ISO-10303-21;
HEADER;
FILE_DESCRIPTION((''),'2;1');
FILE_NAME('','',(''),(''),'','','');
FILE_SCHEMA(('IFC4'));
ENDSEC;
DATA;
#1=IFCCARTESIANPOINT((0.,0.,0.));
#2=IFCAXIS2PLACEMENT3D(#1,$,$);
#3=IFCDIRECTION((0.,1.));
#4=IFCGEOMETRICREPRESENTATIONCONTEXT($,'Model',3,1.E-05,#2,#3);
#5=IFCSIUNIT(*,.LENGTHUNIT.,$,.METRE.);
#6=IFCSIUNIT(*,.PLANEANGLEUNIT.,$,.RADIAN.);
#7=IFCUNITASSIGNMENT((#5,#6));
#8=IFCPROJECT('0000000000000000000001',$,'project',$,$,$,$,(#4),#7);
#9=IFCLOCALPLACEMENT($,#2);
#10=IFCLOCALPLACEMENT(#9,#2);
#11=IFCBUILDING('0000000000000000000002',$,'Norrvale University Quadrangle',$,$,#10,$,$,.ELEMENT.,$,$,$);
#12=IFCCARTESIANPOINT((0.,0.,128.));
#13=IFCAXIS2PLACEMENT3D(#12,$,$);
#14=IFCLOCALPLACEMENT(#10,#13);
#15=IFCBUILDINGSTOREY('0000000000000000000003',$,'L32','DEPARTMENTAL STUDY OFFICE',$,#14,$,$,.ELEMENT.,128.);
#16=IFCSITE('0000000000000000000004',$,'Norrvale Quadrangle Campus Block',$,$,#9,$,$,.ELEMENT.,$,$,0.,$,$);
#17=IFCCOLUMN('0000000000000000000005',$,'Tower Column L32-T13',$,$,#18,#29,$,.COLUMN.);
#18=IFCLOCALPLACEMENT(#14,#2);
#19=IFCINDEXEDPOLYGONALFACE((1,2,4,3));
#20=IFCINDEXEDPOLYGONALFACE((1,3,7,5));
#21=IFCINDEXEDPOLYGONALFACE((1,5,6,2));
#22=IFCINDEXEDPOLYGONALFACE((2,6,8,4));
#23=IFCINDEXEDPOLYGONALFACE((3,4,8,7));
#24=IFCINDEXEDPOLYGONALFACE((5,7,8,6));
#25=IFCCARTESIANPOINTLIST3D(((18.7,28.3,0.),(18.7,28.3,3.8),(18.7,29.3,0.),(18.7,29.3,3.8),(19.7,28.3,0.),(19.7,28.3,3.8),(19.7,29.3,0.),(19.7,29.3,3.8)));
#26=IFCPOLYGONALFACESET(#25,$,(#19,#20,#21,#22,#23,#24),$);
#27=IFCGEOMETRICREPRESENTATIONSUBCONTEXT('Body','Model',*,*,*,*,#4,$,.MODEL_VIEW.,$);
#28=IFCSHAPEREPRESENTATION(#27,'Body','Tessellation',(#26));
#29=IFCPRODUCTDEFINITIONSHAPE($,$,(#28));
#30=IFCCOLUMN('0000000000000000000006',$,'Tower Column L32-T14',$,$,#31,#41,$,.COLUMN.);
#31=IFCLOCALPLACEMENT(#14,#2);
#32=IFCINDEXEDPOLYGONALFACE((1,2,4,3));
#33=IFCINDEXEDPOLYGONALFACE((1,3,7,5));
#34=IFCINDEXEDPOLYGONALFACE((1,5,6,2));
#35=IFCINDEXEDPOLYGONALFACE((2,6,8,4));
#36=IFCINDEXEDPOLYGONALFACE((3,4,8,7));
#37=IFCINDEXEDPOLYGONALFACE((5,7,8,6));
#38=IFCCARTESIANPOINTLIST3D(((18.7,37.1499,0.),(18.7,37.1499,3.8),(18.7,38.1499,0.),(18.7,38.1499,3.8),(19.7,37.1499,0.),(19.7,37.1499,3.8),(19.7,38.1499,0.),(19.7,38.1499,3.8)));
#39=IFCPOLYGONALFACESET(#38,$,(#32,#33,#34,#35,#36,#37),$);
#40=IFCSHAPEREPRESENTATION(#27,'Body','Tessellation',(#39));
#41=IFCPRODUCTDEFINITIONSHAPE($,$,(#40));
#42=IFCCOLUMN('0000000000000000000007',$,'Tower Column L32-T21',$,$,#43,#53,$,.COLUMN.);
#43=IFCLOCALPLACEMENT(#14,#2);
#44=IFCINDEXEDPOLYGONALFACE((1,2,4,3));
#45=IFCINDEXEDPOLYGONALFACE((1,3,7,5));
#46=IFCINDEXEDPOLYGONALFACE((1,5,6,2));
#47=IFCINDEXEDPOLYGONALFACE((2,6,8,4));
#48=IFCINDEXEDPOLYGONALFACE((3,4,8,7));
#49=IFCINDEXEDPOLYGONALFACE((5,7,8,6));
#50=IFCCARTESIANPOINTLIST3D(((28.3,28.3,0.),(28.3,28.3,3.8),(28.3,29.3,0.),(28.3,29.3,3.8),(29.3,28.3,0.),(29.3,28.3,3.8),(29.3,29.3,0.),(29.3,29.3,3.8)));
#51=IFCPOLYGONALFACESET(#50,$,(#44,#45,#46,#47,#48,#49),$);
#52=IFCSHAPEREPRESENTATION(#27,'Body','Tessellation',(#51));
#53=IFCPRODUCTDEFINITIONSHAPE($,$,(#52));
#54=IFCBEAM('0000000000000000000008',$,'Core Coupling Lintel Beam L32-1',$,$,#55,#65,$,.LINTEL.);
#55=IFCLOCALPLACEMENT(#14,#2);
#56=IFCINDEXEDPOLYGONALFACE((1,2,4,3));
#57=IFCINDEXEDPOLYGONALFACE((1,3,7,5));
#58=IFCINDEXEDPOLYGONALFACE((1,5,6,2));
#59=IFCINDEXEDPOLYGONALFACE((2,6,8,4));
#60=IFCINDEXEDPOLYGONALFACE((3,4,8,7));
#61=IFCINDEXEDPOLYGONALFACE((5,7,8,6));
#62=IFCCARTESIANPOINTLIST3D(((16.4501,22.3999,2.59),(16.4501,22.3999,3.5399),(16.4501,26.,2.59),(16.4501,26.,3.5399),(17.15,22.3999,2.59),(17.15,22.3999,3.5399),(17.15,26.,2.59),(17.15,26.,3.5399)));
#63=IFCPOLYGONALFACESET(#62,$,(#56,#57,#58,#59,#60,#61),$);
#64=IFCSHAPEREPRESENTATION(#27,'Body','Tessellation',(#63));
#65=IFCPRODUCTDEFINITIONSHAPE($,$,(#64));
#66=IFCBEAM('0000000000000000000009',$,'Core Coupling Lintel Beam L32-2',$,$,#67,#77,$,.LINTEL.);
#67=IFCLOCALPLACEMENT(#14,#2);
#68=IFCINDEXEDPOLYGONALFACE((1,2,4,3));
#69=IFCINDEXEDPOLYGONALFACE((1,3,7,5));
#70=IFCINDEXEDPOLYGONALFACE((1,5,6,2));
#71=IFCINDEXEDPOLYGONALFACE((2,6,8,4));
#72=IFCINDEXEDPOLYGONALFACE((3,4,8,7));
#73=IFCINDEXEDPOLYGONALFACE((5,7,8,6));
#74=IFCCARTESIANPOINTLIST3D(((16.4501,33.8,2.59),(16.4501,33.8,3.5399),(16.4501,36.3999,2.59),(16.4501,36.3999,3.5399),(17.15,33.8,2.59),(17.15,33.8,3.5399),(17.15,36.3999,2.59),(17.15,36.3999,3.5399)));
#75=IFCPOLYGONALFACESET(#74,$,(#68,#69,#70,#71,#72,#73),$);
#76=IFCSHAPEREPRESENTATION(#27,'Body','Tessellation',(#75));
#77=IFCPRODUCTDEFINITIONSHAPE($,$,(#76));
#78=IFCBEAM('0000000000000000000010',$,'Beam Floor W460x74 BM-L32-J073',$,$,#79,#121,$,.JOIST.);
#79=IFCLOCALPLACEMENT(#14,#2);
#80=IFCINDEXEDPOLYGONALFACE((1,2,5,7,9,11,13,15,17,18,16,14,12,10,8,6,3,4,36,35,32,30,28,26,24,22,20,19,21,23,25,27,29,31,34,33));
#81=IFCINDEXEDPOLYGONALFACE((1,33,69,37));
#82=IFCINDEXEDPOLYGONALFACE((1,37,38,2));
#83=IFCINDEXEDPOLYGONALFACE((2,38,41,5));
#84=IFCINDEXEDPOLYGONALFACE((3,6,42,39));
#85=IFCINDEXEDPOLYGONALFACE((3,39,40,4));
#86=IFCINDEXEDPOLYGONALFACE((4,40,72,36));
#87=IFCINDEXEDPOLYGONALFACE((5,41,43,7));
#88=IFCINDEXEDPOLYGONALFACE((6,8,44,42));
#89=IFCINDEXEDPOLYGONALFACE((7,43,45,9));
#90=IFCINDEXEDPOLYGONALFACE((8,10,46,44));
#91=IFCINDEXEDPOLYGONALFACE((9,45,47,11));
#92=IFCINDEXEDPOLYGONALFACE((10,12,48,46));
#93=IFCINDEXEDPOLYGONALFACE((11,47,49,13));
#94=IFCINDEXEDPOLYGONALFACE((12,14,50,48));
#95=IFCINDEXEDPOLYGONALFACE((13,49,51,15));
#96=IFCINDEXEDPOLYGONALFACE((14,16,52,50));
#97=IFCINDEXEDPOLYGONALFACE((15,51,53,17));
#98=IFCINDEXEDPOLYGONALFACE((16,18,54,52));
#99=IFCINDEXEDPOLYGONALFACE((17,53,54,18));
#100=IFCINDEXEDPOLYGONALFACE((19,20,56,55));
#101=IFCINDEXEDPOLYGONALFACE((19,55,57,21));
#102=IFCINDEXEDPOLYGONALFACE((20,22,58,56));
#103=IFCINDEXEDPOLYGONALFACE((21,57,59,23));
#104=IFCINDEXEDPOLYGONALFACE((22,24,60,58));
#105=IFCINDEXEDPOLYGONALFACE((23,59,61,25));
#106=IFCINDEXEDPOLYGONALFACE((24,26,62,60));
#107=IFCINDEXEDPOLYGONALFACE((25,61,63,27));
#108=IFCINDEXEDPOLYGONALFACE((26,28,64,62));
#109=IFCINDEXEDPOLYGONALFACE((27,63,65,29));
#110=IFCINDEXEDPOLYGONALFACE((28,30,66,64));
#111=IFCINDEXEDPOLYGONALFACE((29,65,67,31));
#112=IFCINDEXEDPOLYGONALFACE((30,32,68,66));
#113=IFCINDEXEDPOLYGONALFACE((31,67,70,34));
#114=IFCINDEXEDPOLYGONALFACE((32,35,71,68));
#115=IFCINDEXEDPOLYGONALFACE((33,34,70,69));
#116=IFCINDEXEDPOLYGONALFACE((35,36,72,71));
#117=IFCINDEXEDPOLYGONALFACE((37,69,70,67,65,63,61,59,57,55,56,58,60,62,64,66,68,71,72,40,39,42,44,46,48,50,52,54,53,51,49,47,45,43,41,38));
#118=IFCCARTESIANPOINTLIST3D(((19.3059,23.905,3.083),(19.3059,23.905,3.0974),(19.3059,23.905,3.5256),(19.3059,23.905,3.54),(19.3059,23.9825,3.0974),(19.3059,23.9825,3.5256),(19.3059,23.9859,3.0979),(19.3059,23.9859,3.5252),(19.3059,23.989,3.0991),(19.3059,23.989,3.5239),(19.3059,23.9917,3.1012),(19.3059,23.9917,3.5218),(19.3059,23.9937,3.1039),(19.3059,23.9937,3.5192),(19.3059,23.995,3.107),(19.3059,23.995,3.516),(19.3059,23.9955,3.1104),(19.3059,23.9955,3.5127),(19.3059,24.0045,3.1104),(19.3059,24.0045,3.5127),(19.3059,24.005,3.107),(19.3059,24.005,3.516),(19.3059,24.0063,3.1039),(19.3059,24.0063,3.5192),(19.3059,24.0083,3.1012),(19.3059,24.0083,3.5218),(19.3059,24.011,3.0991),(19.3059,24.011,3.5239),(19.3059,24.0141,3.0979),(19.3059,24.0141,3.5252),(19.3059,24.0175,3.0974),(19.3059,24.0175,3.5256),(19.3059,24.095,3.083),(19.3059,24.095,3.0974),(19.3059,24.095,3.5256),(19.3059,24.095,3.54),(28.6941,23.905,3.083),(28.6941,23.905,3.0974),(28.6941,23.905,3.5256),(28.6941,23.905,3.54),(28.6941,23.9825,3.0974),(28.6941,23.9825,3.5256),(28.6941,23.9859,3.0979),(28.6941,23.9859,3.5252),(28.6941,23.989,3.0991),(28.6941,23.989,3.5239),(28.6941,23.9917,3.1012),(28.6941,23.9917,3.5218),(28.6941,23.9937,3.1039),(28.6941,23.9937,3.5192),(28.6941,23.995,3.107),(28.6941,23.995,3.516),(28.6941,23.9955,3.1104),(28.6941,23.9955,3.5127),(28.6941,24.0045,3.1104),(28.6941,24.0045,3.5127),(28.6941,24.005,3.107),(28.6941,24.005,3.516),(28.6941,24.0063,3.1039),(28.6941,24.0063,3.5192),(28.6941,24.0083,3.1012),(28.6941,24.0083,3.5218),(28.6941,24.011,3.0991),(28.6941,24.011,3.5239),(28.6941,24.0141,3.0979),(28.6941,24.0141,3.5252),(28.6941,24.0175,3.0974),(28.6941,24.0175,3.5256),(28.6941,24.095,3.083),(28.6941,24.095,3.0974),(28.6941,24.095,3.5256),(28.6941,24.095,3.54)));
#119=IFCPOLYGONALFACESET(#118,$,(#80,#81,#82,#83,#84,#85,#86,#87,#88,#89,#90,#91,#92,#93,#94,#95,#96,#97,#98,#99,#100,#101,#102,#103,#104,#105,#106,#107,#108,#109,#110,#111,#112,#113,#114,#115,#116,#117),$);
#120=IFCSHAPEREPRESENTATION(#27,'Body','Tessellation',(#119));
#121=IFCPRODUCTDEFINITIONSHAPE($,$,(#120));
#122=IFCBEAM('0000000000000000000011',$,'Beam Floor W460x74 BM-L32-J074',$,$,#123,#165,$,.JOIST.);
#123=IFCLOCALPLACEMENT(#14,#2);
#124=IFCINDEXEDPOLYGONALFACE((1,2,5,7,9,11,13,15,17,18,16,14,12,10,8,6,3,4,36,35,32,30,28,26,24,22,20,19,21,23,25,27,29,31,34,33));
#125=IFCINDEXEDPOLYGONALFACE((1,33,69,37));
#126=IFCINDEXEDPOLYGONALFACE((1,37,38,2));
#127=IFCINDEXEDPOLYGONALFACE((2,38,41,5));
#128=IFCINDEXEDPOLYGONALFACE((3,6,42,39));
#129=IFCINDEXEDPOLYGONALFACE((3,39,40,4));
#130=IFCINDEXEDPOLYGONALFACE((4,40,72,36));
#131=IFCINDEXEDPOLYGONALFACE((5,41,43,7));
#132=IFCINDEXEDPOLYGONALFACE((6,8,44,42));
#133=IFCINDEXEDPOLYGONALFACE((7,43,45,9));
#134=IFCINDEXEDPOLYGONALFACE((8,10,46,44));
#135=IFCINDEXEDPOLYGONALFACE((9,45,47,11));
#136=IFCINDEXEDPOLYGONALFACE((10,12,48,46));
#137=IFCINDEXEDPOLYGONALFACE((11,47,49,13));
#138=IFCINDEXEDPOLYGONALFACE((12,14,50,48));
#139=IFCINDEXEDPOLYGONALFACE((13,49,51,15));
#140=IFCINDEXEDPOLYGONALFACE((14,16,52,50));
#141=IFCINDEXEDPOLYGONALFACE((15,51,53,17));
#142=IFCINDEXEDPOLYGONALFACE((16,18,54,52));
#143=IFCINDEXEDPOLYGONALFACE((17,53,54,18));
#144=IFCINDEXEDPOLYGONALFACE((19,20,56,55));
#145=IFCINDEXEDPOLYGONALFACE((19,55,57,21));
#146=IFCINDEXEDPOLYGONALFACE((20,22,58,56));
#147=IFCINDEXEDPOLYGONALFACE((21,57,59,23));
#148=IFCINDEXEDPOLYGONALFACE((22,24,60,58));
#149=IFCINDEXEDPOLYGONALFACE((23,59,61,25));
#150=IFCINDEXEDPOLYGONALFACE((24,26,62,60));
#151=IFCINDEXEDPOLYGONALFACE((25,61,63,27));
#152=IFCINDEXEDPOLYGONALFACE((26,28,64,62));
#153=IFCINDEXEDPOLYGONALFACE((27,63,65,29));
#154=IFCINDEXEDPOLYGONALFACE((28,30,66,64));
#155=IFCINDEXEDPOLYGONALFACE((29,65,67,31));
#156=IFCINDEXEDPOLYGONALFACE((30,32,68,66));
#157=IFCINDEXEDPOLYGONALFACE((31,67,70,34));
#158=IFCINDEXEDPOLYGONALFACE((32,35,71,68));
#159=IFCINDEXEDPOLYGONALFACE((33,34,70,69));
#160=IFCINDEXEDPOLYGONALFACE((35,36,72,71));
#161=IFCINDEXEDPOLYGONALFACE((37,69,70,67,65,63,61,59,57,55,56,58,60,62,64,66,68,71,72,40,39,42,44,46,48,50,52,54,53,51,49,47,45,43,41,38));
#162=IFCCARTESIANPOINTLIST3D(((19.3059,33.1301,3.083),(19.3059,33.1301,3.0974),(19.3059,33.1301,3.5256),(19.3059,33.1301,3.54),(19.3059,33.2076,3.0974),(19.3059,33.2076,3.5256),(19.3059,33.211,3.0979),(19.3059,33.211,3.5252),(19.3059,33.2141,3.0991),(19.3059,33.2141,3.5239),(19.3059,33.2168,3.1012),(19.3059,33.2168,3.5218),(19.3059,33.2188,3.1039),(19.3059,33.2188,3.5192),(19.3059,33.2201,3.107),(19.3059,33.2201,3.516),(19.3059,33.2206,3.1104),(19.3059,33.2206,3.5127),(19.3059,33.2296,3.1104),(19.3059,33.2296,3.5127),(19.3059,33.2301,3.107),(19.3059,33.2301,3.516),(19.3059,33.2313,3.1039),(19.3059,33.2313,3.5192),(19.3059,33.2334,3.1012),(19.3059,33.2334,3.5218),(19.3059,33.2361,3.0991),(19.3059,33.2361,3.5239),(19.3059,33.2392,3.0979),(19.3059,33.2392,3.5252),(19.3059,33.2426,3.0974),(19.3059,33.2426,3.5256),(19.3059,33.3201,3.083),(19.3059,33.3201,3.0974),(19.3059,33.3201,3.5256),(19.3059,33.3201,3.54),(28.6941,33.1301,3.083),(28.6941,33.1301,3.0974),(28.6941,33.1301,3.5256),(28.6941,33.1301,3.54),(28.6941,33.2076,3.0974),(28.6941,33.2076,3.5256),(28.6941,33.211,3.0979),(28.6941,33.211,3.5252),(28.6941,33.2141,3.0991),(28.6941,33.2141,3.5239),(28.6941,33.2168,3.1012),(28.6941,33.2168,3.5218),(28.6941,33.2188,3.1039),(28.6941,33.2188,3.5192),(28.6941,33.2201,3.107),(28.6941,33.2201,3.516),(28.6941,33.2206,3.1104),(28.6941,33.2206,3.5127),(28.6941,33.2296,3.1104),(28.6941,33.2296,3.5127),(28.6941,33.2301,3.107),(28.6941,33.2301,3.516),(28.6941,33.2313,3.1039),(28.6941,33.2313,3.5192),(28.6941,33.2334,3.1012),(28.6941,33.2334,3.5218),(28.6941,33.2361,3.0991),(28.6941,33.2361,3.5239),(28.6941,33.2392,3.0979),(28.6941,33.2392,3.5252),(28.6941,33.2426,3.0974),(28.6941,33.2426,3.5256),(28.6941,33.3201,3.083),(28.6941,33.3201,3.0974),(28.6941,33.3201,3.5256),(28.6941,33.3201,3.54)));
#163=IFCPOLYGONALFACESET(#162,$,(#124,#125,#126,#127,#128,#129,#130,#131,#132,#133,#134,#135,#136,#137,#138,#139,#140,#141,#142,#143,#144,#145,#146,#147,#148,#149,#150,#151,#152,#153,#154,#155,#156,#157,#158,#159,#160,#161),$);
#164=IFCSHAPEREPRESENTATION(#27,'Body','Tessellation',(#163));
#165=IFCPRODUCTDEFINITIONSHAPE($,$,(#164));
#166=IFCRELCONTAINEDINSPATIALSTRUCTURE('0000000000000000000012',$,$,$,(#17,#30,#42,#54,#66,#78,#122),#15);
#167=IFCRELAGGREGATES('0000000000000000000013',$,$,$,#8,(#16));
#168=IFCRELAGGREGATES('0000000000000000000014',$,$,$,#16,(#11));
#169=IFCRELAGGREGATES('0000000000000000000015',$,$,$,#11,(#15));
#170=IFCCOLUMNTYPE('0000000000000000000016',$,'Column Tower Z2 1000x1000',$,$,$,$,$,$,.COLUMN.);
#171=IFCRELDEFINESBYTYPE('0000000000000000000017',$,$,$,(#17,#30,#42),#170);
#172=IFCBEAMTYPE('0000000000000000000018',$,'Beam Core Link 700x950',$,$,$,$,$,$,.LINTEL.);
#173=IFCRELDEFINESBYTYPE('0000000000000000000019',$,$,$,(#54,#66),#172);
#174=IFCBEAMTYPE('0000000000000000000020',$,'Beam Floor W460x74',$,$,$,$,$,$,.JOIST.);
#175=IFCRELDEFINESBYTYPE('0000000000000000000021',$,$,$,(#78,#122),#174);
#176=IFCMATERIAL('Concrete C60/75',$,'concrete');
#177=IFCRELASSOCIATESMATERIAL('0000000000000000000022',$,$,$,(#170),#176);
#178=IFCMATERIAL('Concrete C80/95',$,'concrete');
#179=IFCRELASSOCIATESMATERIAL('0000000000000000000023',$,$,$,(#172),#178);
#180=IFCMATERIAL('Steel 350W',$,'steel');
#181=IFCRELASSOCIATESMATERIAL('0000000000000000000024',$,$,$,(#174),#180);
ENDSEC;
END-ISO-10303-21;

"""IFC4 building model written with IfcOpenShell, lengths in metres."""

from ifc_helpers import new_model, si_unit, direction, frame, origin, origin_2d, place, context, subcontext, project, spatial, rectangle, i_section, extrude, material, material_profile, profile_set, type_object, element, save


model = new_model("IFC4")

# Units and contexts
model_context = context("Model", 3, precision=1e-05, world=origin(), true_north=direction((0.0, 1.0)))
body_context = subcontext(model_context, "Body", "Model", "MODEL_VIEW")
ifc_project = project(units=[si_unit("LENGTHUNIT", "METRE"), si_unit("PLANEANGLEUNIT", "RADIAN")], contexts=[model_context])

# Site, building, storey
site_placement = place(None, origin())
site = spatial("IfcSite", under=ifc_project, at=site_placement, Name="Norrvale Quadrangle Campus Block", CompositionType="ELEMENT", RefElevation=0.0)
building_placement = place(site_placement, origin())
building = spatial("IfcBuilding", under=site, at=building_placement, Name="Norrvale University Quadrangle", CompositionType="ELEMENT")
storey_placement = place(building_placement, frame((0.0, 0.0, 128.0)))
storey = spatial("IfcBuildingStorey", under=building, at=storey_placement, Name="L32", Description="DEPARTMENTAL STUDY OFFICE", CompositionType="ELEMENT", Elevation=128.0)

# Columns
ifc_material_1 = material(Name="Concrete C60/75", Category="concrete")
ifc_material_profile_1 = material_profile(ifc_material_1, rectangle(XDim=1.0, YDim=1.0, at=origin_2d()), Name="Concrete C60/75")
ifc_profile_set_1 = profile_set([ifc_material_profile_1], Name="Concrete C60/75")
column_type = type_object("IfcColumnType", Name="Column Tower Z2 1000x1000", PredefinedType="COLUMN", material=ifc_profile_set_1)
for number, where, z_axis, x_axis, name in (
    (1, (19.2, 28.8, 0.0), (0.0, 0.0, 1.0), (1.0, 0.0, 0.0), "Tower Column L32-T13"),
    (2, (19.2, 37.6499, 0.0), (0.0, 0.0, 1.0), (1.0, 0.0, 0.0), "Tower Column L32-T14"),
    (3, (28.8, 28.8, 0.0), (0.0, 0.0, 1.0), (1.0, 0.0, 0.0), "Tower Column L32-T21"),
):
    element("IfcColumn", number, at=place(storey_placement, frame(where, z_axis=z_axis, x_axis=x_axis)), inside=storey, type_object=column_type, Name=name, PredefinedType="COLUMN", context=body_context, shape_type="SweptSolid", body=[
        extrude(rectangle(XDim=1.0, YDim=1.0, at=origin_2d()), origin(), (0.0, 0.0, 1.0), 3.8),
    ])

# Beams
ifc_material_2 = material(Name="Concrete C80/95", Category="concrete")
ifc_material_profile_2 = material_profile(ifc_material_2, rectangle(XDim=0.7, YDim=0.95, at=origin_2d()), Name="Concrete C80/95")
ifc_profile_set_2 = profile_set([ifc_material_profile_2], Name="Concrete C80/95")
beam_type_1 = type_object("IfcBeamType", Name="Beam Core Link 700x950", PredefinedType="LINTEL", material=ifc_profile_set_2)
beam_1_placement = place(storey_placement, frame((16.8, 22.3999, 3.0649), z_axis=(0.0, 1.0, 0.0), x_axis=(-1.0, 0.0, 0.0)))
element("IfcBeam", 4, at=beam_1_placement, inside=storey, type_object=beam_type_1, Name="Core Coupling Lintel Beam L32-1", PredefinedType="LINTEL", context=body_context, shape_type="SweptSolid", body=[
    extrude(rectangle(XDim=0.7, YDim=0.95, at=origin_2d()), origin(), (0.0, 0.0, 1.0), 3.6001),
])
beam_2_placement = place(storey_placement, frame((16.8, 33.8, 3.0649), z_axis=(0.0, 1.0, 0.0), x_axis=(-1.0, 0.0, 0.0)))
element("IfcBeam", 5, at=beam_2_placement, inside=storey, type_object=beam_type_1, Name="Core Coupling Lintel Beam L32-2", PredefinedType="LINTEL", context=body_context, shape_type="SweptSolid", body=[
    extrude(rectangle(XDim=0.7, YDim=0.95, at=origin_2d()), origin(), (0.0, 0.0, 1.0), 2.5999),
])
ifc_material_3 = material(Name="Steel 350W", Category="steel")
ifc_material_profile_3 = material_profile(ifc_material_3, i_section(OverallWidth=0.1899, OverallDepth=0.457, WebThickness=0.009, FlangeThickness=0.0144, FilletRadius=0.0129, at=origin_2d()), Name="Steel 350W")
ifc_profile_set_3 = profile_set([ifc_material_profile_3], Name="Steel 350W")
beam_type_2 = type_object("IfcBeamType", Name="Beam Floor W460x74", PredefinedType="JOIST", material=ifc_profile_set_3)
for number, where, z_axis, x_axis, name in (
    (6, (19.3059, 24.0, 3.3115), (1.0, 0.0, 0.0), (0.0, 1.0, 0.0), "Beam Floor W460x74 BM-L32-J073"),
    (7, (19.3059, 33.2251, 3.3115), (1.0, 0.0, 0.0), (0.0, 1.0, 0.0), "Beam Floor W460x74 BM-L32-J074"),
):
    element("IfcBeam", number, at=place(storey_placement, frame(where, z_axis=z_axis, x_axis=x_axis)), inside=storey, type_object=beam_type_2, Name=name, PredefinedType="JOIST", context=body_context, shape_type="SweptSolid", body=[
        extrude(i_section(OverallWidth=0.1899, OverallDepth=0.457, WebThickness=0.009, FlangeThickness=0.0144, FilletRadius=0.0129, at=origin_2d()), origin(), (0.0, 0.0, 1.0), 9.3882),
    ])

save(model, "model.ifc")
